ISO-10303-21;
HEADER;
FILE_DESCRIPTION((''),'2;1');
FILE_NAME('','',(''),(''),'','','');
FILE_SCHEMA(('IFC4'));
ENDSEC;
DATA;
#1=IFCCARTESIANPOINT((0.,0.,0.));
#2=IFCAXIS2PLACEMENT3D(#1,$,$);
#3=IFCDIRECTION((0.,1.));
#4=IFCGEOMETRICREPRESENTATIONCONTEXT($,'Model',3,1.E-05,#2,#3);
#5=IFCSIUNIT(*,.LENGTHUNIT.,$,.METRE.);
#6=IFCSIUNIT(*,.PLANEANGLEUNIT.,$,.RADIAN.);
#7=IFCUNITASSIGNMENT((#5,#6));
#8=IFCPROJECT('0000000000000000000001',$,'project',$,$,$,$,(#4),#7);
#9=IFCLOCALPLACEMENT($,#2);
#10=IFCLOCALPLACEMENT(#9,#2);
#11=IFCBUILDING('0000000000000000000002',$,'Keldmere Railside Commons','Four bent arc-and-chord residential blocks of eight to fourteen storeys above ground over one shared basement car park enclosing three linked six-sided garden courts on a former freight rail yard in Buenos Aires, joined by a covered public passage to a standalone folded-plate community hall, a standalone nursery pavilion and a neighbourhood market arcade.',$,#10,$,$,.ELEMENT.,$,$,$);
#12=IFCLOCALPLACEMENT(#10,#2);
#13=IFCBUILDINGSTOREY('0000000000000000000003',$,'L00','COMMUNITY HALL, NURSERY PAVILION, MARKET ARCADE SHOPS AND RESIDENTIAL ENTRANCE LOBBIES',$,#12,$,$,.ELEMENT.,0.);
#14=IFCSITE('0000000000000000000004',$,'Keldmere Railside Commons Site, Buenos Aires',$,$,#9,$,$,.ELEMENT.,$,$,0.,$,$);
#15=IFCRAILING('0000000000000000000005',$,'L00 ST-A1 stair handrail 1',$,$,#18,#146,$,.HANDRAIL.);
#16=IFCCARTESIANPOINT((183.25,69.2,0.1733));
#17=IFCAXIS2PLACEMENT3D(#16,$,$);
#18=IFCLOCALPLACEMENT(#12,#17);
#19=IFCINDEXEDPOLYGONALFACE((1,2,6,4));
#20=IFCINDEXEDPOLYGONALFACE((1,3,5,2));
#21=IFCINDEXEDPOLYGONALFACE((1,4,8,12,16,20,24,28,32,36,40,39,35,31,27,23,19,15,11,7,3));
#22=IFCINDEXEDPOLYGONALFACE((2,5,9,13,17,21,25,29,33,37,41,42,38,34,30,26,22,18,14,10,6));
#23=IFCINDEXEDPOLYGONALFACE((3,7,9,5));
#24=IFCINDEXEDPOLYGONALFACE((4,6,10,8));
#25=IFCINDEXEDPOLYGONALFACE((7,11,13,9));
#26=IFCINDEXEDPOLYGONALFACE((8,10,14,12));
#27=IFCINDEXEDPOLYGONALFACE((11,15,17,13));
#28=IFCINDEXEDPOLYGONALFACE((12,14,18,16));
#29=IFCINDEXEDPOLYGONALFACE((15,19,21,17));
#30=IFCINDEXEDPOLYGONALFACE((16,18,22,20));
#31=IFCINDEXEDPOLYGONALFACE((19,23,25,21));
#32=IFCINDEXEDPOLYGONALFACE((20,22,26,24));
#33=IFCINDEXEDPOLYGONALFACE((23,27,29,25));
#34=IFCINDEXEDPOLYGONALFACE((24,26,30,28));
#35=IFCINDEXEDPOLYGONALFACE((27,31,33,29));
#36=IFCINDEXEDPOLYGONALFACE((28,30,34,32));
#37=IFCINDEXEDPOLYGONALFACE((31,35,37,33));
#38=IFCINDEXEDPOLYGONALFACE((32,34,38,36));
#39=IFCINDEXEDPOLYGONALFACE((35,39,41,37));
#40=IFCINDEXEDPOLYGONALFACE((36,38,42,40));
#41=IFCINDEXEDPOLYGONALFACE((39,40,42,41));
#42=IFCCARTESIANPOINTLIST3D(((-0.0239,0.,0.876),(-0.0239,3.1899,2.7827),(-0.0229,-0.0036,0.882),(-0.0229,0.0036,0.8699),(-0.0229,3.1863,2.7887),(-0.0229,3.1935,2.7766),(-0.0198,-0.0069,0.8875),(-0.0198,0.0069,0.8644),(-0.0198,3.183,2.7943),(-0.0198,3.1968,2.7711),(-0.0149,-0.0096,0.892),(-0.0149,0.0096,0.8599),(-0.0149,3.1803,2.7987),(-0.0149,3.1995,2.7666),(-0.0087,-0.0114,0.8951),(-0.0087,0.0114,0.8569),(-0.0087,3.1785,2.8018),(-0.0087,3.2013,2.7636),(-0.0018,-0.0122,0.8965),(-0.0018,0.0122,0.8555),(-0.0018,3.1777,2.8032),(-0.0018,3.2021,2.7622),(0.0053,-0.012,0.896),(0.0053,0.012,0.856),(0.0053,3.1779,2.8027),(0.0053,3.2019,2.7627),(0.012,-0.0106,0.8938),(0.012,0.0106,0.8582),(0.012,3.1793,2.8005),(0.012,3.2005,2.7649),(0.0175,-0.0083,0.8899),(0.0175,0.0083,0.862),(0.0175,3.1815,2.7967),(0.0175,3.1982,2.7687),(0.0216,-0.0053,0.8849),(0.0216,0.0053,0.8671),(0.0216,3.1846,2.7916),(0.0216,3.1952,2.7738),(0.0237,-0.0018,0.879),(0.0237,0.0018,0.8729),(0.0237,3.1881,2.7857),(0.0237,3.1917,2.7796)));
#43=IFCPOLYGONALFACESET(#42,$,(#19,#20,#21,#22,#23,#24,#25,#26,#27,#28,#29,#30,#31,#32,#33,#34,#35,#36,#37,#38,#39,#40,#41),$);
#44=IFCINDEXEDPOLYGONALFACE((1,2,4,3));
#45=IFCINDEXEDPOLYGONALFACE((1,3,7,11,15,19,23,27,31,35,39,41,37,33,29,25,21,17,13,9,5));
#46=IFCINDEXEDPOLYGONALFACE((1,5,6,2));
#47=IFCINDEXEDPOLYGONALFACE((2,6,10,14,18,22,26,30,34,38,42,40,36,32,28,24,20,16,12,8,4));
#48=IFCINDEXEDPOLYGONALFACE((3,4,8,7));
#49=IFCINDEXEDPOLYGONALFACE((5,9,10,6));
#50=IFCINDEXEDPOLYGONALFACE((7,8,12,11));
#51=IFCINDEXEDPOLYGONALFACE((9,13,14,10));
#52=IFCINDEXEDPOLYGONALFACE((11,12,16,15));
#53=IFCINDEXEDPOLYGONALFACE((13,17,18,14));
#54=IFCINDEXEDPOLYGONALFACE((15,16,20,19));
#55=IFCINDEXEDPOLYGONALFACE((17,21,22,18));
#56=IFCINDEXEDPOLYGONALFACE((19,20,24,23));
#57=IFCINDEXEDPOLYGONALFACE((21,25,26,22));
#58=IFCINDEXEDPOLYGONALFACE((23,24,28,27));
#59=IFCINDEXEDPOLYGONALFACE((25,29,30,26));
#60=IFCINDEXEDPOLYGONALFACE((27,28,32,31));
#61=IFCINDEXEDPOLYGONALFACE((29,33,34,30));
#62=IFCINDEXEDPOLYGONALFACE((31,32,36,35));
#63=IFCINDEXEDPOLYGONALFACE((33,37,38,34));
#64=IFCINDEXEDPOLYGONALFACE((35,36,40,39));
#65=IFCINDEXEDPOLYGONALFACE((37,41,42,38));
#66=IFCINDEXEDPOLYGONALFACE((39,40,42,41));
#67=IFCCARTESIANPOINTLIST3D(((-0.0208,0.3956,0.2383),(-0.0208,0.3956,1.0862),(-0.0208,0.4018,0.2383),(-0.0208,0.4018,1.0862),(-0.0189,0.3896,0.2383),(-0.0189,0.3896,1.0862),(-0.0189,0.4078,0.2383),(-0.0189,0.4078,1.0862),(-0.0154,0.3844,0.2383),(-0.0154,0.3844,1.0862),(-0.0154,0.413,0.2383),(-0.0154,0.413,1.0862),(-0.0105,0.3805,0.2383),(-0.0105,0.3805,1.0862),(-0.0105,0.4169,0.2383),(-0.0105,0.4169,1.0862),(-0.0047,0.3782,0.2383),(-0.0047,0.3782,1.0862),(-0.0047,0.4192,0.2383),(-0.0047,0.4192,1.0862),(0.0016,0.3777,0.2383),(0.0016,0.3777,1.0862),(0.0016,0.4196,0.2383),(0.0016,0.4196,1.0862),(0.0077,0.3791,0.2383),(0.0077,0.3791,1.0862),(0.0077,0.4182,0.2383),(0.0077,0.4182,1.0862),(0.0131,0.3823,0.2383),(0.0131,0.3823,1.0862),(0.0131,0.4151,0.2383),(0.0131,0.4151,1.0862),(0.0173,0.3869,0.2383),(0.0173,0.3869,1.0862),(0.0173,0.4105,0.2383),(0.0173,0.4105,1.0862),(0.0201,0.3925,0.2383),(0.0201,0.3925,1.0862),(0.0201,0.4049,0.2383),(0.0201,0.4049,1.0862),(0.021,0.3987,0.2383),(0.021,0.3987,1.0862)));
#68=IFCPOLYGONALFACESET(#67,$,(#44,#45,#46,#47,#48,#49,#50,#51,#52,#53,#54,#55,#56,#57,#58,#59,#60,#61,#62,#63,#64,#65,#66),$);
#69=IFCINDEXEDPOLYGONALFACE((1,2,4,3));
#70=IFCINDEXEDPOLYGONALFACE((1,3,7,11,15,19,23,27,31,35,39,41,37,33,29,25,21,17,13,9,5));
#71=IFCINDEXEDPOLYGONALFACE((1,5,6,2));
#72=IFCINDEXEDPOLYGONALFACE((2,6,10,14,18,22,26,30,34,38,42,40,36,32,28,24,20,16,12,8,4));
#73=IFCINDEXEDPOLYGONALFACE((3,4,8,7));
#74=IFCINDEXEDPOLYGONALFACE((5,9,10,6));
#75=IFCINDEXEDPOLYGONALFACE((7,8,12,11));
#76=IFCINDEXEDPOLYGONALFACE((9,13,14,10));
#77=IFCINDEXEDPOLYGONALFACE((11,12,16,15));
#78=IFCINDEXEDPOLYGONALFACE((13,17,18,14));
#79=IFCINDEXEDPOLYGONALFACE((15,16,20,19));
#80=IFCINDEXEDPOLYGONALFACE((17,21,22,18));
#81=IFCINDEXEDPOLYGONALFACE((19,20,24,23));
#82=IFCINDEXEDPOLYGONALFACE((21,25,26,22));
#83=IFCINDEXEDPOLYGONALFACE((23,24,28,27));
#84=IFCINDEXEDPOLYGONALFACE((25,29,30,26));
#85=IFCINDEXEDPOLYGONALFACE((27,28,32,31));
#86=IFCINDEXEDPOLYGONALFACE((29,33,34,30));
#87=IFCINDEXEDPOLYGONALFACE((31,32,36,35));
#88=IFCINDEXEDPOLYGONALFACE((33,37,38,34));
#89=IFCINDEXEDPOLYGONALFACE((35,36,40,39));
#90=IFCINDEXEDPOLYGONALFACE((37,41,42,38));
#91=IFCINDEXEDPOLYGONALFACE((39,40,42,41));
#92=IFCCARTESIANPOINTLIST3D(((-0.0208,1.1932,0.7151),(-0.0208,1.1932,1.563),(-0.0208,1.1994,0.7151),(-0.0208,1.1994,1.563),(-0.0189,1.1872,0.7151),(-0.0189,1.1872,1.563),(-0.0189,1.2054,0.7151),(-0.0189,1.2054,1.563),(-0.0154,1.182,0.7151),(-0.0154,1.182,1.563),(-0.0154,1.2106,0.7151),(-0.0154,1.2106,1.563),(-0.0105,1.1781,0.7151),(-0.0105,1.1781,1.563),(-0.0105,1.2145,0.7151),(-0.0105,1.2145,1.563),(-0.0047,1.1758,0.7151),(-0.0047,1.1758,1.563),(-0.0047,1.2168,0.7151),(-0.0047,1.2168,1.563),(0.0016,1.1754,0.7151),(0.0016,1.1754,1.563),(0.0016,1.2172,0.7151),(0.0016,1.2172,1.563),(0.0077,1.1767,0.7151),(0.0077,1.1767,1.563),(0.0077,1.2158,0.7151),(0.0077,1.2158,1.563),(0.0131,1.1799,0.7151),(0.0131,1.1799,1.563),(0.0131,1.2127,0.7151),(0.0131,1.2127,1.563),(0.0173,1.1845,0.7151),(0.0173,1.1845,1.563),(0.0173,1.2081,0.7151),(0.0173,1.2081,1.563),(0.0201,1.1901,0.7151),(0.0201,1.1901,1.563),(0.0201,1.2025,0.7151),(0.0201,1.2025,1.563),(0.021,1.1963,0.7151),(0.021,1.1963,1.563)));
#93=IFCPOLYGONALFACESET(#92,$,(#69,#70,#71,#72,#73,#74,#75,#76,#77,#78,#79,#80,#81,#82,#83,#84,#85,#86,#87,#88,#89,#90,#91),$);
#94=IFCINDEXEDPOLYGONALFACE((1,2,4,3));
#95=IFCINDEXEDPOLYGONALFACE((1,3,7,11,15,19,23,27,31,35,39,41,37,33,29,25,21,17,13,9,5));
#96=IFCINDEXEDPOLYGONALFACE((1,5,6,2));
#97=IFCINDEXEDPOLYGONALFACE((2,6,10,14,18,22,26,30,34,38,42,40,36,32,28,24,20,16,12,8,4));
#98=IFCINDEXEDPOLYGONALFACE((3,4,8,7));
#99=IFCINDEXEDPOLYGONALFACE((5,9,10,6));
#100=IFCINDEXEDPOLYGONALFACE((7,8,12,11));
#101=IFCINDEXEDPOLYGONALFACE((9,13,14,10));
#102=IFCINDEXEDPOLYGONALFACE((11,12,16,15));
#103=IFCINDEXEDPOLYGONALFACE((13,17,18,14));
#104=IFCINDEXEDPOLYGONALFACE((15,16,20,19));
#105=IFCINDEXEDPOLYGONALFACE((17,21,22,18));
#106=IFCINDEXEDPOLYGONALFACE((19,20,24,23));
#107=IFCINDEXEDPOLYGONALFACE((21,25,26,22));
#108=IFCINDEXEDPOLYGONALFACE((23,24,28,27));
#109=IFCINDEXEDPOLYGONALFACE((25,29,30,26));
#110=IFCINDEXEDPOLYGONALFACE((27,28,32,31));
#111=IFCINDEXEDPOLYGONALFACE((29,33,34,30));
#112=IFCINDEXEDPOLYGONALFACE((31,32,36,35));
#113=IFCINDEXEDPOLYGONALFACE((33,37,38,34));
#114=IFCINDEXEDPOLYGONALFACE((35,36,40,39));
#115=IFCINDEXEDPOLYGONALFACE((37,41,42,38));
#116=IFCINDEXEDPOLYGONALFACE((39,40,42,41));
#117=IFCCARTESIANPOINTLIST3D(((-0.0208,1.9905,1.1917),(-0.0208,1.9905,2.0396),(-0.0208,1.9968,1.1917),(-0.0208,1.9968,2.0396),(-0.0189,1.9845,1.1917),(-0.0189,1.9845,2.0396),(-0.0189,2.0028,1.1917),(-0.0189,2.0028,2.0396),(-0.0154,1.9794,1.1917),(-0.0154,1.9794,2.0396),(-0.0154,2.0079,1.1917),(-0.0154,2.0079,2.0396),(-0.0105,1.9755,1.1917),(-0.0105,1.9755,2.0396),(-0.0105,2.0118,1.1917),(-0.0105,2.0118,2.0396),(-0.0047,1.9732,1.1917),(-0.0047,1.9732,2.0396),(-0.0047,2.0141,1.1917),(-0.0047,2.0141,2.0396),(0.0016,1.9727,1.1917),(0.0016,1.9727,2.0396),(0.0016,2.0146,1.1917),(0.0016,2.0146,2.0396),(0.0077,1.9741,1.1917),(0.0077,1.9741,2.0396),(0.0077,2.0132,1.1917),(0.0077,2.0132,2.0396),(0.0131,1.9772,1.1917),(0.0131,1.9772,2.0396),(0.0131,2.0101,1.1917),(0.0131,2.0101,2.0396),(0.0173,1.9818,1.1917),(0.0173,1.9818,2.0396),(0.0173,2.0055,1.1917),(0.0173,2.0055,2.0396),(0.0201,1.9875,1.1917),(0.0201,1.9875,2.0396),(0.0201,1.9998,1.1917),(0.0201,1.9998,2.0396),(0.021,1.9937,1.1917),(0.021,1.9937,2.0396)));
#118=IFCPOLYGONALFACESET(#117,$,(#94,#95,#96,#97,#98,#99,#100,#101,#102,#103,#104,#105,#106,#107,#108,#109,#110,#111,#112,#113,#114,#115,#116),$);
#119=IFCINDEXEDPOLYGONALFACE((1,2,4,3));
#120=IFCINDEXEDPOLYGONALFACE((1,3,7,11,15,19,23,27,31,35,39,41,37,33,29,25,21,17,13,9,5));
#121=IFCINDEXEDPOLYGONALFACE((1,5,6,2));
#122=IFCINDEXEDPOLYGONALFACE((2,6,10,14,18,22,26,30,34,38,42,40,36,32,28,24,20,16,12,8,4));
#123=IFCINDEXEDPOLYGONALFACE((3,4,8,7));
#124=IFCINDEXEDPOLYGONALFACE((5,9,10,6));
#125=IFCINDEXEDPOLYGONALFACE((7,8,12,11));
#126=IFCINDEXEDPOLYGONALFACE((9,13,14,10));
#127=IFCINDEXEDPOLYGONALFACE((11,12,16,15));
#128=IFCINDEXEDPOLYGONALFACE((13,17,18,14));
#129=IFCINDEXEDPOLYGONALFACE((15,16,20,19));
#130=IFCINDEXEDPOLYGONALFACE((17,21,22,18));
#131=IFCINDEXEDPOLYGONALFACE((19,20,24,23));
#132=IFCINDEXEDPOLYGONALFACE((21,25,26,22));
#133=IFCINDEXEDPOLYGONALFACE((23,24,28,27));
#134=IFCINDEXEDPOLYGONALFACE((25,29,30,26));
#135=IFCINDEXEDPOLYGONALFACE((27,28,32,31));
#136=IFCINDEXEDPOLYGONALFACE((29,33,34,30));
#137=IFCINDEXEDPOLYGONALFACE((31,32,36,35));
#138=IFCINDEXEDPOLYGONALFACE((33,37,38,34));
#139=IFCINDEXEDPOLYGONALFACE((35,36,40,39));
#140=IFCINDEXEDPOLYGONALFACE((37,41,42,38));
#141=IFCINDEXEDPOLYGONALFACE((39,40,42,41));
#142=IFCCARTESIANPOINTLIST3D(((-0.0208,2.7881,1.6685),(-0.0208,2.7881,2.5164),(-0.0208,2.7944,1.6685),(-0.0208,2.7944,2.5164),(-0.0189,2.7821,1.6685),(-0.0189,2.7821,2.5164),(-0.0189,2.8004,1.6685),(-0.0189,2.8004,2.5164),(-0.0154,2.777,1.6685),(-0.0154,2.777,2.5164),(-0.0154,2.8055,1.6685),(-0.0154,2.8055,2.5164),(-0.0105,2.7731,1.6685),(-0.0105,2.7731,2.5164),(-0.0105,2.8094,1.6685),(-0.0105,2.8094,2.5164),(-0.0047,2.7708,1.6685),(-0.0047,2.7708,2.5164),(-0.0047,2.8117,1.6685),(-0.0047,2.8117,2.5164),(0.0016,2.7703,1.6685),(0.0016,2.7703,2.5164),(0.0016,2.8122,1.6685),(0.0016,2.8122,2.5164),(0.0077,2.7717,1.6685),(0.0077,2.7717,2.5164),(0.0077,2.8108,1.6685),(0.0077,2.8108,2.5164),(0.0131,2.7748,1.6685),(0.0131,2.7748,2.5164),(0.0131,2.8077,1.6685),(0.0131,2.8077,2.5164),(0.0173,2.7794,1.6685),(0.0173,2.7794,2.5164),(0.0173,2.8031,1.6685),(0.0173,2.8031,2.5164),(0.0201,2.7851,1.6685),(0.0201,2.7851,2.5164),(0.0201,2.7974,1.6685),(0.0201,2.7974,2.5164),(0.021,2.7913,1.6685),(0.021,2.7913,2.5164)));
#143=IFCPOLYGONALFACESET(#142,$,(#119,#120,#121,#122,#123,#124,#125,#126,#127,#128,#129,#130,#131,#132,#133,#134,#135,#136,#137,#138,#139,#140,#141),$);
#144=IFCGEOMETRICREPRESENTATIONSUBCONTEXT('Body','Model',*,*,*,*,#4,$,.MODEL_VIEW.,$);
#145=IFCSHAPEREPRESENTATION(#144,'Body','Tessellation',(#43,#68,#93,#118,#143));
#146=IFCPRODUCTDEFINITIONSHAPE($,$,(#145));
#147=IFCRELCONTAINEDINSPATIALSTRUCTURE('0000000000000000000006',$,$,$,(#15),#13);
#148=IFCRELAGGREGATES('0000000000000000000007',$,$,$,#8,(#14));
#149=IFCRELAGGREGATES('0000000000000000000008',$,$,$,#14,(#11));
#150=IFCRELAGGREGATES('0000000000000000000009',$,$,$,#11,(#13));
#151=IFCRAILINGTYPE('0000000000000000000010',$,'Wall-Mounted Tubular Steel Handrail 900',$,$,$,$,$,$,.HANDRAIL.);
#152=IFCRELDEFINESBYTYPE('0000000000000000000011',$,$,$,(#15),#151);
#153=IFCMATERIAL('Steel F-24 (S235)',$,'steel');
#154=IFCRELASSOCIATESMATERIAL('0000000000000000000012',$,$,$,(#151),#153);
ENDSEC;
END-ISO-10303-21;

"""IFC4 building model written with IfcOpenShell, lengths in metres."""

from ifc_helpers import new_model, si_unit, direction, frame, origin, origin_2d, place, context, subcontext, project, spatial, circle, extrude, material, type_object, element, save


model = new_model("IFC4")

# Units and contexts
model_context = context("Model", 3, precision=1e-05, world=origin(), true_north=direction((0.0, 1.0)))
body_context = subcontext(model_context, "Body", "Model", "MODEL_VIEW")
ifc_project = project(units=[si_unit("LENGTHUNIT", "METRE"), si_unit("PLANEANGLEUNIT", "RADIAN")], contexts=[model_context])

# Site, building, storey
site_placement = place(None, origin())
site = spatial("IfcSite", under=ifc_project, at=site_placement, Name="Keldmere Railside Commons Site, Buenos Aires", CompositionType="ELEMENT", RefElevation=0.0)
building_placement = place(site_placement, origin())
building = spatial("IfcBuilding", under=site, at=building_placement, Name="Keldmere Railside Commons", Description="Four bent arc-and-chord residential blocks of eight to fourteen storeys above ground over one shared basement car park enclosing three linked six-sided garden courts on a former freight rail yard in Buenos Aires, joined by a covered public passage to a standalone folded-plate community hall, a standalone nursery pavilion and a neighbourhood market arcade.", CompositionType="ELEMENT")
storey_placement = place(building_placement, origin())
storey = spatial("IfcBuildingStorey", under=building, at=storey_placement, Name="L00", Description="COMMUNITY HALL, NURSERY PAVILION, MARKET ARCADE SHOPS AND RESIDENTIAL ENTRANCE LOBBIES", CompositionType="ELEMENT", Elevation=0.0)

# Shared definitions
ifc_material_1 = material(Name="Steel F-24 (S235)", Category="steel")

# Railing
railing_type_1 = type_object("IfcRailingType", Name="Wall-Mounted Tubular Steel Handrail 900", PredefinedType="HANDRAIL", material=ifc_material_1)
railing_1_placement = place(storey_placement, frame((183.25, 69.2, 0.1733)))
element("IfcRailing", 1, at=railing_1_placement, inside=storey, type_object=railing_type_1, Name="L00 ST-A1 stair handrail 1", PredefinedType="HANDRAIL", context=body_context, shape_type="SweptSolid", body=[
    extrude(circle(Radius=0.0239, at=origin_2d()), frame((0.0, 0.0, 0.876), z_axis=(0.0, 0.85835, 0.513065), x_axis=(-1.0, 0.0, 0.0)), (0.0, 0.0, 1.0), 3.7163),
    extrude(circle(Radius=0.021, at=origin_2d()), frame((0.0, 0.3987, 0.2383)), (0.0, 0.0, 1.0), 0.8479),
    extrude(circle(Radius=0.021, at=origin_2d()), frame((0.0, 1.1963, 0.7151)), (0.0, 0.0, 1.0), 0.8479),
    extrude(circle(Radius=0.021, at=origin_2d()), frame((0.0, 1.9937, 1.1917)), (0.0, 0.0, 1.0), 0.8479),
    extrude(circle(Radius=0.021, at=origin_2d()), frame((0.0, 2.7913, 1.6685)), (0.0, 0.0, 1.0), 0.8479),
])

save(model, "model.ifc")
